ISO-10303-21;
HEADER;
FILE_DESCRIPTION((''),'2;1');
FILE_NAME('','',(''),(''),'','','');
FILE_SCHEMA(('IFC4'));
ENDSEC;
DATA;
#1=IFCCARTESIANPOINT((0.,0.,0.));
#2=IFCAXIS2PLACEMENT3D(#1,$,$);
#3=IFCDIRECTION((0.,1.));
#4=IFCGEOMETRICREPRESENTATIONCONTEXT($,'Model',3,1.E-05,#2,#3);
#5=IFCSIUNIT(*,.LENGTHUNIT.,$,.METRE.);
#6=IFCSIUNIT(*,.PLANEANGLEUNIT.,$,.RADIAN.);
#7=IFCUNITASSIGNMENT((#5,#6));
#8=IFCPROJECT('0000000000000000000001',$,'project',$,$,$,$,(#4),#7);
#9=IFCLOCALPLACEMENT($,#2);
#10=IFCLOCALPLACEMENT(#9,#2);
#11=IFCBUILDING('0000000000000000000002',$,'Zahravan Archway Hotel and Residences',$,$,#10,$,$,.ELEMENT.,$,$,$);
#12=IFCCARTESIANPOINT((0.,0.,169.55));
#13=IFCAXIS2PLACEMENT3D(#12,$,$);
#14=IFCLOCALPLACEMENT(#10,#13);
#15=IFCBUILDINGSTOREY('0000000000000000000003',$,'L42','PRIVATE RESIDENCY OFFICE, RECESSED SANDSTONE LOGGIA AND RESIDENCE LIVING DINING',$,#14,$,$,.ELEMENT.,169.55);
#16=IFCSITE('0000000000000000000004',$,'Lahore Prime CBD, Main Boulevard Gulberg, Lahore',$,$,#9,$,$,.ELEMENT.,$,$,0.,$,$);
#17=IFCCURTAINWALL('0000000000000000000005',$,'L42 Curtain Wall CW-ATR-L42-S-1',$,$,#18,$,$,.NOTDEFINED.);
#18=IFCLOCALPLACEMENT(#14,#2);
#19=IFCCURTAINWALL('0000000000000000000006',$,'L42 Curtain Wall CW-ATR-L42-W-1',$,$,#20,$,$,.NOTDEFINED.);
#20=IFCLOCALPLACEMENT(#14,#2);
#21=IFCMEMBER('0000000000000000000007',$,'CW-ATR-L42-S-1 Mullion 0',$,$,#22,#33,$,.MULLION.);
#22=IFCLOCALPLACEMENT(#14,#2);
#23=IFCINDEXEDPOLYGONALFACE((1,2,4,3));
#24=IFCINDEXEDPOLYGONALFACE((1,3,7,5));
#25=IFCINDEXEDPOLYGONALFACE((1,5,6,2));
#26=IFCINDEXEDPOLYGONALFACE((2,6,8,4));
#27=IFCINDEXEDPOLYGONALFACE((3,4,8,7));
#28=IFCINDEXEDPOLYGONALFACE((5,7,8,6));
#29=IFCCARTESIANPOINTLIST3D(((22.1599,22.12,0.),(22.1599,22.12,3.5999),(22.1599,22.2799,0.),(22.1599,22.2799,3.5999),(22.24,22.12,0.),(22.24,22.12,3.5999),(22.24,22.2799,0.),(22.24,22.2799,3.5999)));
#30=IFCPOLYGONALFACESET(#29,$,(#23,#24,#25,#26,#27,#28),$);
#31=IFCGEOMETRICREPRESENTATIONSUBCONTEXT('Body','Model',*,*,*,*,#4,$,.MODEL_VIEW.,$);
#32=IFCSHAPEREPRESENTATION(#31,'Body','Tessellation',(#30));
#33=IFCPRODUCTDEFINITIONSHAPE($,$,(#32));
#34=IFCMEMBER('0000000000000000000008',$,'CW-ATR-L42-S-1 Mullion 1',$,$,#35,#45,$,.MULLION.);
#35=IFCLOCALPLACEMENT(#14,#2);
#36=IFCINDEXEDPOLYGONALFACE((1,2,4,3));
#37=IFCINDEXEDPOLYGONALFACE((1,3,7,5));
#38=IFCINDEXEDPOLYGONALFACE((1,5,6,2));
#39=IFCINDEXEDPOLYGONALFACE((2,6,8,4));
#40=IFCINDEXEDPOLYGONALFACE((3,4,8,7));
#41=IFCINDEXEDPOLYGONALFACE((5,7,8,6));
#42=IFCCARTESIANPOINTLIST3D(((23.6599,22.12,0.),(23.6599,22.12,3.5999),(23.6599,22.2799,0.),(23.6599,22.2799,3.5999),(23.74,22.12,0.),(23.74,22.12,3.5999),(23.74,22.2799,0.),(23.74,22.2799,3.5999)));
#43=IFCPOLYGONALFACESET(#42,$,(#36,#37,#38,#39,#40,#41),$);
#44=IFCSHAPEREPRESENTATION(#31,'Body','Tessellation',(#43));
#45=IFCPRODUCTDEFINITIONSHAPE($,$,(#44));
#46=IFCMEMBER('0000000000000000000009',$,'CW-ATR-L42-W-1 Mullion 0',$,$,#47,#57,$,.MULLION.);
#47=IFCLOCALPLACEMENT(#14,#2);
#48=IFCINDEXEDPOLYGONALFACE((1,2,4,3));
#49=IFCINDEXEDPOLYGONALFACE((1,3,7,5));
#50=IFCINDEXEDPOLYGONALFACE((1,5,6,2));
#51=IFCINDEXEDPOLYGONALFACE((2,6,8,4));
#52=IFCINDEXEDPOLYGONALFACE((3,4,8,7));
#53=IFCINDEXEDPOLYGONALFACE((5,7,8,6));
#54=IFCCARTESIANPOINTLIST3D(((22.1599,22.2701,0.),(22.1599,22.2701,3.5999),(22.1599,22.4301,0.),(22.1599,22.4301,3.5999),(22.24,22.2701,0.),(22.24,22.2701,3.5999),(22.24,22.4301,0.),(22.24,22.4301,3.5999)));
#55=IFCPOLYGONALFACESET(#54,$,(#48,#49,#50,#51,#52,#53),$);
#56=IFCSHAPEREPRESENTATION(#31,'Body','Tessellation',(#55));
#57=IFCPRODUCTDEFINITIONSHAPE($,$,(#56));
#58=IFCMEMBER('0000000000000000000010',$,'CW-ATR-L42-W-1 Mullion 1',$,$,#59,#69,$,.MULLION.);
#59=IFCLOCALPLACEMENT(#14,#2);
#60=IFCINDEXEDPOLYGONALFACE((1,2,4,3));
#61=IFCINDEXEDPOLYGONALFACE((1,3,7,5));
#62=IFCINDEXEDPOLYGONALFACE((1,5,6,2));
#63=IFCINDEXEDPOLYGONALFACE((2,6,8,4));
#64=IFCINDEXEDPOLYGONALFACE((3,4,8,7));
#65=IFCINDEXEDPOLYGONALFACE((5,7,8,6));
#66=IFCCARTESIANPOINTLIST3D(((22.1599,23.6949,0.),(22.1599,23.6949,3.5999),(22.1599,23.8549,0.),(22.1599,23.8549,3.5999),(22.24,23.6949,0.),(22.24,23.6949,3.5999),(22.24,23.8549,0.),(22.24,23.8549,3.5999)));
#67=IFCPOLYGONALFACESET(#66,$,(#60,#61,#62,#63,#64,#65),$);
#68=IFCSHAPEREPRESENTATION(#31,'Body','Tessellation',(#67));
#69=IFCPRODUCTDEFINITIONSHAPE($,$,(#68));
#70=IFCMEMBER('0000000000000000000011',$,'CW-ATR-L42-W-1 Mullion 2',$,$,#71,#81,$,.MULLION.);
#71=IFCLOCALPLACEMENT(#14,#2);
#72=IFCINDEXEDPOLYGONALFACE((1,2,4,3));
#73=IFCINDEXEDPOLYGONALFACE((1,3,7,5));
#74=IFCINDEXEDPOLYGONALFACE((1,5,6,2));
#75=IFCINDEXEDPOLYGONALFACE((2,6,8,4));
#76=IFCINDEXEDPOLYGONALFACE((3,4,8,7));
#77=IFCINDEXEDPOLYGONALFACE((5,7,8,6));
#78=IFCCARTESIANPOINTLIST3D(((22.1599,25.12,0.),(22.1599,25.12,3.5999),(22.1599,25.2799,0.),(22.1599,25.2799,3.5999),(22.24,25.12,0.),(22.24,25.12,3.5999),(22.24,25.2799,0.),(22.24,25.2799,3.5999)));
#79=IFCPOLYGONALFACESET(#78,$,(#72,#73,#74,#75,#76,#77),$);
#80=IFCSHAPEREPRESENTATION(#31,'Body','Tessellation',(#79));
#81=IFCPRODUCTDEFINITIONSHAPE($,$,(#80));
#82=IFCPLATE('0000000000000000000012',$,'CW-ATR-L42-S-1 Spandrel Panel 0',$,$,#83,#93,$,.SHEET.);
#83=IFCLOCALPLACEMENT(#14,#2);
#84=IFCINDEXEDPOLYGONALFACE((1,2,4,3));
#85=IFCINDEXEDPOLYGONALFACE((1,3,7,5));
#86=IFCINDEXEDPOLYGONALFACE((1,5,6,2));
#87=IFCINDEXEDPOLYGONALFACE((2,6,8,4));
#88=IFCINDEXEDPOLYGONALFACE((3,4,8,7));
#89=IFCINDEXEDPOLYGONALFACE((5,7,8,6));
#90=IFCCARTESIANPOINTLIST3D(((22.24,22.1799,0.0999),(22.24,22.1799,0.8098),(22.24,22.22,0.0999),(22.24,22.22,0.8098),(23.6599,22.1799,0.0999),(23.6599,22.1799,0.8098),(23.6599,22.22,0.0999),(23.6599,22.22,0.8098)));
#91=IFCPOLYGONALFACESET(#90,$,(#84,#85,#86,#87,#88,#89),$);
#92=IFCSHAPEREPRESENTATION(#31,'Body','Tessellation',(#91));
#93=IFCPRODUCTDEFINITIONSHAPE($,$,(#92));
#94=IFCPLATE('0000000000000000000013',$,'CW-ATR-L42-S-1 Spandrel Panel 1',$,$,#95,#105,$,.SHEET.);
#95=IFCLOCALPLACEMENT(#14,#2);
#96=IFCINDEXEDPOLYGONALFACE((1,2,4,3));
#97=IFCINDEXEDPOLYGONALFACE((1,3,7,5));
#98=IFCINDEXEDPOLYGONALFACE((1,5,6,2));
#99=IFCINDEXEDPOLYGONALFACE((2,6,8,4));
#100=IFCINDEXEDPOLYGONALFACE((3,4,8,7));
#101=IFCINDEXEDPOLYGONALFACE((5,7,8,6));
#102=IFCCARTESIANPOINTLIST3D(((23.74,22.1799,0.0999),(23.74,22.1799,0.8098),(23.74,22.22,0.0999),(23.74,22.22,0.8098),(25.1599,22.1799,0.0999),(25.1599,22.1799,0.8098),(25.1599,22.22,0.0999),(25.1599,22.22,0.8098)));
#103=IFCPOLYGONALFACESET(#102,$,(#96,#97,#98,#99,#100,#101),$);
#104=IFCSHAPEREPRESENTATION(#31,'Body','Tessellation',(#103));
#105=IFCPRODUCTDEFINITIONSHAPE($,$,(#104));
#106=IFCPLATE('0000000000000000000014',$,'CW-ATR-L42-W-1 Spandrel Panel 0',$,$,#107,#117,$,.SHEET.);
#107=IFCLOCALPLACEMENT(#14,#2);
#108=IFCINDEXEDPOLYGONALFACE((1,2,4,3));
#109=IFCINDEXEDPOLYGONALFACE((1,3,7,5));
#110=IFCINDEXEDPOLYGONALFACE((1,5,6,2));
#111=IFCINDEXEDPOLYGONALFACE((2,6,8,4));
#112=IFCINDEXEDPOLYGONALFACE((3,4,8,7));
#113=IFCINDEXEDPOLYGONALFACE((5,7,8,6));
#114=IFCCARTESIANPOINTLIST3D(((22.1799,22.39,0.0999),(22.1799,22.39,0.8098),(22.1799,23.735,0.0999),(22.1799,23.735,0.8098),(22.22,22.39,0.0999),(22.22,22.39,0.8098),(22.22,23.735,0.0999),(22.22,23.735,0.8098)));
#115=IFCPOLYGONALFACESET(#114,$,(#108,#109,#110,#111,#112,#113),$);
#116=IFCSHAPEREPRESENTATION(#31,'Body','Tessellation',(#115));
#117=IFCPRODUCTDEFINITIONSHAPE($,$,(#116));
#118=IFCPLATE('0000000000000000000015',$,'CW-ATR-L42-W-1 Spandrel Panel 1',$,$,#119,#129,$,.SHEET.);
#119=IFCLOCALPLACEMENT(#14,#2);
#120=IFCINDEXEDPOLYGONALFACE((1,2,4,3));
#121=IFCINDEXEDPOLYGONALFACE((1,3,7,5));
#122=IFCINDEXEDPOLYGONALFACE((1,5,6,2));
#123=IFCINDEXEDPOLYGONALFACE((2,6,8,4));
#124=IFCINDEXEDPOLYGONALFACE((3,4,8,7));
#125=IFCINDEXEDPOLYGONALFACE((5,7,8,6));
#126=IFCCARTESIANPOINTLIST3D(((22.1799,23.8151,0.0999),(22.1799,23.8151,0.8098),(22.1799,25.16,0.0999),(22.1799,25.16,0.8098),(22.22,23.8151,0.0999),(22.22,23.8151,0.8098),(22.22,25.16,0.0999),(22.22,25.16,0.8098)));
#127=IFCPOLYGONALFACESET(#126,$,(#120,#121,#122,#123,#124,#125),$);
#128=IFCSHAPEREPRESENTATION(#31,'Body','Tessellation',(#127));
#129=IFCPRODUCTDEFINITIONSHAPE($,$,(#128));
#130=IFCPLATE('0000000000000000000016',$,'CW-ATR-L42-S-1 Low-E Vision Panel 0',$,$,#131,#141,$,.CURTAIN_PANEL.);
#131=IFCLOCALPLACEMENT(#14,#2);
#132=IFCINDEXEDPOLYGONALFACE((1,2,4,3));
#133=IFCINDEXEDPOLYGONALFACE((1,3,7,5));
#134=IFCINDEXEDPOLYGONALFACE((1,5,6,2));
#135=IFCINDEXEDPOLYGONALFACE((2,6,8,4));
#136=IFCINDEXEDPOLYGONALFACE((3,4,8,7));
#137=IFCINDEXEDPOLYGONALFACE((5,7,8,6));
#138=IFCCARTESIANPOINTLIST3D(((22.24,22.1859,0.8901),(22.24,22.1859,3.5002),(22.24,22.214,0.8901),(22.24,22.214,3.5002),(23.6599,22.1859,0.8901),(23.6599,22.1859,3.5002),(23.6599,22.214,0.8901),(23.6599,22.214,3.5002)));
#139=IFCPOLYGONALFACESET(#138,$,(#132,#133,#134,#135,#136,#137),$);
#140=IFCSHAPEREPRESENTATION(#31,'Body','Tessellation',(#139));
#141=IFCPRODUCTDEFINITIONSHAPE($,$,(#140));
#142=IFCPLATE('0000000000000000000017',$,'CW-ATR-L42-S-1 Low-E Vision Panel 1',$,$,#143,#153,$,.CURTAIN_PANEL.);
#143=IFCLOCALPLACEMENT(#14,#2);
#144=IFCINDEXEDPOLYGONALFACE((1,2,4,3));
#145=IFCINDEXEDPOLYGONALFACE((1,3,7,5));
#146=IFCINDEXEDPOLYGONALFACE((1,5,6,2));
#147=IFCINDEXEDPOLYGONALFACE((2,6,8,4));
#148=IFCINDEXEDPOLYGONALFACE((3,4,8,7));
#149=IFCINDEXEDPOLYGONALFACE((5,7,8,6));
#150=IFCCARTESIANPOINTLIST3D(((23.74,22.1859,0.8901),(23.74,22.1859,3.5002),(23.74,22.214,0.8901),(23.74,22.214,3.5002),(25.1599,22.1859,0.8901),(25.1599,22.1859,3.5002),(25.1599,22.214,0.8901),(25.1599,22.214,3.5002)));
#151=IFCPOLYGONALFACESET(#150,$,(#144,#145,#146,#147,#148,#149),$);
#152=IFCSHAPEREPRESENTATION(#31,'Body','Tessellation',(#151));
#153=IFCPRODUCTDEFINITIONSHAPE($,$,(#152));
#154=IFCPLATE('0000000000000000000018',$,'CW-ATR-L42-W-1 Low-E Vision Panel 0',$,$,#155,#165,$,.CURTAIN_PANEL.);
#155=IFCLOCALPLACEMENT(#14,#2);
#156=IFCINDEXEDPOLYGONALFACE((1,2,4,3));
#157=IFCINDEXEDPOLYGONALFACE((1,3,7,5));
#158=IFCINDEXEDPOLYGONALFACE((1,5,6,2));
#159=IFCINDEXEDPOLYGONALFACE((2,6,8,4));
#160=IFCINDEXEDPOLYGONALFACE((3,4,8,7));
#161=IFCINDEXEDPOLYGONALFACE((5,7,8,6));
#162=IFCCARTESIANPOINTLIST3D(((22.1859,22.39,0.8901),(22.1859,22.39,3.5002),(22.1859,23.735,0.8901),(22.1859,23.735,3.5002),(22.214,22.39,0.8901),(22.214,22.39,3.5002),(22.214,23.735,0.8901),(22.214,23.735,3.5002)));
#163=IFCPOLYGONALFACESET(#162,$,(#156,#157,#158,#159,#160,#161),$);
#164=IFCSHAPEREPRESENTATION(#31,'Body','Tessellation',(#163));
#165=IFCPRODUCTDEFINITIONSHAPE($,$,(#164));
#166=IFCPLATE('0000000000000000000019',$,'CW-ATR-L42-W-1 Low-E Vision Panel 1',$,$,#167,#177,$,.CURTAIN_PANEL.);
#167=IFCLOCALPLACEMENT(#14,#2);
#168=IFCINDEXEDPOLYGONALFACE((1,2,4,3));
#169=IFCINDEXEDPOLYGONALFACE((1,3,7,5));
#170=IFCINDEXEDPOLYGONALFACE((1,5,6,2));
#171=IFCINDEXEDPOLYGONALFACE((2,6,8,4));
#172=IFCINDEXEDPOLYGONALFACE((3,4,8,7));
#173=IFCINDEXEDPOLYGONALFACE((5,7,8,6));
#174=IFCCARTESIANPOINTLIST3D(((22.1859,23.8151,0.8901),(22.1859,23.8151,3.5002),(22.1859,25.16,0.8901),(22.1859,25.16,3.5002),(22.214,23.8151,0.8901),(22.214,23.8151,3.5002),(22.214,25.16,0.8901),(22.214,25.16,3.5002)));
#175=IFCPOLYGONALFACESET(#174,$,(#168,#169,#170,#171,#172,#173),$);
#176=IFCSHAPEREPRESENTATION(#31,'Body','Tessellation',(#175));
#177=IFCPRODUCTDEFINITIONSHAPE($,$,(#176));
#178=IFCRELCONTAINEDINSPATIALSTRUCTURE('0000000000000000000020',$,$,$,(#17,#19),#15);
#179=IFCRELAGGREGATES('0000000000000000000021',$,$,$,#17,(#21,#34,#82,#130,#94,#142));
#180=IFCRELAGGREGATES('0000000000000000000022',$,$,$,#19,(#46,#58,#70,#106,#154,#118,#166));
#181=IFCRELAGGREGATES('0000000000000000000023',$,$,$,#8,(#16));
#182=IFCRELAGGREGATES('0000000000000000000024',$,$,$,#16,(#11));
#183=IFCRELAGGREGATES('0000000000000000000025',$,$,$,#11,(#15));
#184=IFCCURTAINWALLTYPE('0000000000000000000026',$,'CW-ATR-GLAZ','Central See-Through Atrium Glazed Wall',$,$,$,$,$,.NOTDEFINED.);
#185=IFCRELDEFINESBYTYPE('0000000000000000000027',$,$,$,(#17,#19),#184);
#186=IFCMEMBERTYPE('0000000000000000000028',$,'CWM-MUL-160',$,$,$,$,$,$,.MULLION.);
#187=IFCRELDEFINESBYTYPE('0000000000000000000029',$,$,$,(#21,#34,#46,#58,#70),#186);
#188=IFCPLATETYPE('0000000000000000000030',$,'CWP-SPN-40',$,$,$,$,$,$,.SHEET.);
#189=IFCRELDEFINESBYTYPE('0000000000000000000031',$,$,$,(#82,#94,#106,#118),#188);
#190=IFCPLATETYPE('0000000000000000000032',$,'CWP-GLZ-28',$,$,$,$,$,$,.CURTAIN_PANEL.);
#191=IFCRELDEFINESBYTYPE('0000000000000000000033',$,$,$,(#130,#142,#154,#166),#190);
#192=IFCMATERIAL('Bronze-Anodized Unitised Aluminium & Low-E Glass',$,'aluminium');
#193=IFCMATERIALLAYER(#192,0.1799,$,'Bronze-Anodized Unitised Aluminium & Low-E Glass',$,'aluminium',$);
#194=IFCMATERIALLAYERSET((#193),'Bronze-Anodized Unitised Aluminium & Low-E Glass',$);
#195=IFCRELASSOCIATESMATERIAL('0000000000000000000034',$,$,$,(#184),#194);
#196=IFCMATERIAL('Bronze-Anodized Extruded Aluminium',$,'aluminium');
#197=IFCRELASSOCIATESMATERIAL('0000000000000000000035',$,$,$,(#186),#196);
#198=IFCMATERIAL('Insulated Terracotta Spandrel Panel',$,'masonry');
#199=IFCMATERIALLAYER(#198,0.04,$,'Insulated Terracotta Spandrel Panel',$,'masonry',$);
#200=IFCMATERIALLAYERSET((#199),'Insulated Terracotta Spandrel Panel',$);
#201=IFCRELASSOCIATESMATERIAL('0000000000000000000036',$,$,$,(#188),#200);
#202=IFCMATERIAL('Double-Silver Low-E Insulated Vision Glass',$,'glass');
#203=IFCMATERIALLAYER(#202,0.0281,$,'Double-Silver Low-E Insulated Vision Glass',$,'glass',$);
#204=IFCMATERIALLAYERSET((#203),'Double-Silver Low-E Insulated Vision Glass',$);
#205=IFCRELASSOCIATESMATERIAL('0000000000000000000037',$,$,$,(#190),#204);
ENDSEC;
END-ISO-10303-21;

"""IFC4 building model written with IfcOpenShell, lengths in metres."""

from ifc_helpers import new_model, si_unit, direction, frame, origin, origin_2d, place, context, subcontext, project, spatial, rectangle, extrude, source, transform, mapped, material, layer, layer_set, material_profile, profile_set, type_object, element, aggregate, save


model = new_model("IFC4")

# Units and contexts
model_context = context("Model", 3, precision=1e-05, world=origin(), true_north=direction((0.0, 1.0)))
body_context = subcontext(model_context, "Body", "Model", "MODEL_VIEW")
ifc_project = project(units=[si_unit("LENGTHUNIT", "METRE"), si_unit("PLANEANGLEUNIT", "RADIAN")], contexts=[model_context])

# Site, building, storey
site_placement = place(None, origin())
site = spatial("IfcSite", under=ifc_project, at=site_placement, Name="Lahore Prime CBD, Main Boulevard Gulberg, Lahore", CompositionType="ELEMENT", RefElevation=0.0)
building_placement = place(site_placement, origin())
building = spatial("IfcBuilding", under=site, at=building_placement, Name="Zahravan Archway Hotel and Residences", CompositionType="ELEMENT")
storey_placement = place(building_placement, frame((0.0, 0.0, 169.55)))
storey = spatial("IfcBuildingStorey", under=building, at=storey_placement, Name="L42", Description="PRIVATE RESIDENCY OFFICE, RECESSED SANDSTONE LOGGIA AND RESIDENCE LIVING DINING", CompositionType="ELEMENT", Elevation=169.55)

# Curtain walls
ifc_material_1 = material(Name="Bronze-Anodized Unitised Aluminium & Low-E Glass", Category="aluminium")
ifc_layer_1 = layer(ifc_material_1, 0.1799, Name="Bronze-Anodized Unitised Aluminium & Low-E Glass", Category="aluminium")
ifc_layer_set_1 = layer_set([ifc_layer_1], Name="Bronze-Anodized Unitised Aluminium & Low-E Glass")
curtain_wall_type = type_object("IfcCurtainWallType", Name="CW-ATR-GLAZ", Description="Central See-Through Atrium Glazed Wall", PredefinedType="NOTDEFINED", material=ifc_layer_set_1)
curtain_wall_1_placement = place(storey_placement, origin())
curtain_wall_1 = element("IfcCurtainWall", 1, at=curtain_wall_1_placement, inside=storey, type_object=curtain_wall_type, Name="L42 Curtain Wall CW-ATR-L42-S-1", PredefinedType="NOTDEFINED")
ifc_material_2 = material(Name="Bronze-Anodized Extruded Aluminium", Category="aluminium")
curtain_wall_2_placement = place(storey_placement, origin())
curtain_wall_2 = element("IfcCurtainWall", 2, at=curtain_wall_2_placement, inside=storey, type_object=curtain_wall_type, Name="L42 Curtain Wall CW-ATR-L42-W-1", PredefinedType="NOTDEFINED")

# Members
ifc_material_profile_1 = material_profile(ifc_material_2, rectangle(XDim=0.0801, YDim=0.1599, at=origin_2d()), Name="MUL 80x160", Category="aluminium")
ifc_profile_set_1 = profile_set([ifc_material_profile_1], Name="Bronze-Anodized Extruded Aluminium")
member_type_1 = type_object("IfcMemberType", Name="CWM-MUL-160", PredefinedType="MULLION", material=ifc_profile_set_1)
shared_shape_1 = source(origin(), body_context, "Body", "SweptSolid", [
    extrude(rectangle(XDim=0.0801, YDim=0.1599, at=origin_2d()), origin(), (0.0, 0.0, 1.0), 3.5999),
])
member_1_placement = place(storey_placement, frame((22.2, 22.2, 0.0), z_axis=(0.0, 0.0, 1.0), x_axis=(1.0, 0.0, 0.0)))
member_1 = element("IfcMember", 3, at=member_1_placement, type_object=member_type_1, Name="CW-ATR-L42-S-1 Mullion 0", PredefinedType="MULLION", context=body_context, shape_type="MappedRepresentation", body=[
    mapped(shared_shape_1, transform((0.0, 0.0, 0.0), scale=1.0)),
])
member_2_placement = place(storey_placement, frame((23.7, 22.2, 0.0), z_axis=(0.0, 0.0, 1.0), x_axis=(1.0, 0.0, 0.0)))
member_2 = element("IfcMember", 4, at=member_2_placement, type_object=member_type_1, Name="CW-ATR-L42-S-1 Mullion 1", PredefinedType="MULLION", context=body_context, shape_type="MappedRepresentation", body=[
    mapped(shared_shape_1, transform((0.0, 0.0, 0.0), scale=1.0)),
])
member_3_placement = place(storey_placement, frame((22.2, 22.3501, 0.0), z_axis=(0.0, 0.0, 1.0), x_axis=(1.0, 0.0, 0.0)))
member_3 = element("IfcMember", 5, at=member_3_placement, type_object=member_type_1, Name="CW-ATR-L42-W-1 Mullion 0", PredefinedType="MULLION", context=body_context, shape_type="MappedRepresentation", body=[
    mapped(shared_shape_1, transform((0.0, 0.0, 0.0), scale=1.0)),
])
member_4_placement = place(storey_placement, frame((22.2, 23.7749, 0.0), z_axis=(0.0, 0.0, 1.0), x_axis=(1.0, 0.0, 0.0)))
member_4 = element("IfcMember", 6, at=member_4_placement, type_object=member_type_1, Name="CW-ATR-L42-W-1 Mullion 1", PredefinedType="MULLION", context=body_context, shape_type="MappedRepresentation", body=[
    mapped(shared_shape_1, transform((0.0, 0.0, 0.0), scale=1.0)),
])
member_5_placement = place(storey_placement, frame((22.2, 25.2, 0.0), z_axis=(0.0, 0.0, 1.0), x_axis=(1.0, 0.0, 0.0)))
member_5 = element("IfcMember", 7, at=member_5_placement, type_object=member_type_1, Name="CW-ATR-L42-W-1 Mullion 2", PredefinedType="MULLION", context=body_context, shape_type="MappedRepresentation", body=[
    mapped(shared_shape_1, transform((0.0, 0.0, 0.0), scale=1.0)),
])

# Plates
ifc_material_3 = material(Name="Insulated Terracotta Spandrel Panel", Category="masonry")
ifc_layer_2 = layer(ifc_material_3, 0.04, Name="Insulated Terracotta Spandrel Panel", Category="masonry")
ifc_layer_set_2 = layer_set([ifc_layer_2], Name="Insulated Terracotta Spandrel Panel")
plate_type_1 = type_object("IfcPlateType", Name="CWP-SPN-40", PredefinedType="SHEET", material=ifc_layer_set_2)
shared_shape_2 = source(origin(), body_context, "Body", "SweptSolid", [
    extrude(rectangle(XDim=1.4199, YDim=0.04, at=origin_2d()), origin(), (0.0, 0.0, 1.0), 0.71),
])
plate_1_placement = place(storey_placement, frame((22.95, 22.2, 0.0999), z_axis=(0.0, 0.0, 1.0), x_axis=(1.0, 0.0, 0.0)))
plate_1 = element("IfcPlate", 8, at=plate_1_placement, type_object=plate_type_1, Name="CW-ATR-L42-S-1 Spandrel Panel 0", PredefinedType="SHEET", context=body_context, shape_type="MappedRepresentation", body=[
    mapped(shared_shape_2, transform((0.0, 0.0, 0.0), scale=1.0)),
])
plate_2_placement = place(storey_placement, frame((24.45, 22.2, 0.0999), z_axis=(0.0, 0.0, 1.0), x_axis=(1.0, 0.0, 0.0)))
plate_2 = element("IfcPlate", 9, at=plate_2_placement, type_object=plate_type_1, Name="CW-ATR-L42-S-1 Spandrel Panel 1", PredefinedType="SHEET", context=body_context, shape_type="MappedRepresentation", body=[
    mapped(shared_shape_2, transform((0.0, 0.0, 0.0), scale=1.0)),
])
shared_shape_3 = source(origin(), body_context, "Body", "SweptSolid", [
    extrude(rectangle(XDim=1.345, YDim=0.04, at=origin_2d()), origin(), (0.0, 0.0, 1.0), 0.71),
])
plate_3_placement = place(storey_placement, frame((22.2, 23.0625, 0.0999), z_axis=(0.0, 0.0, 1.0), x_axis=(0.0, 1.0, 0.0)))
plate_3 = element("IfcPlate", 10, at=plate_3_placement, type_object=plate_type_1, Name="CW-ATR-L42-W-1 Spandrel Panel 0", PredefinedType="SHEET", context=body_context, shape_type="MappedRepresentation", body=[
    mapped(shared_shape_3, transform((0.0, 0.0, 0.0), scale=1.0)),
])
plate_4_placement = place(storey_placement, frame((22.2, 24.4875, 0.0999), z_axis=(0.0, 0.0, 1.0), x_axis=(0.0, 1.0, 0.0)))
plate_4 = element("IfcPlate", 11, at=plate_4_placement, type_object=plate_type_1, Name="CW-ATR-L42-W-1 Spandrel Panel 1", PredefinedType="SHEET", context=body_context, shape_type="MappedRepresentation", body=[
    mapped(shared_shape_3, transform((0.0, 0.0, 0.0), scale=1.0)),
])
ifc_material_4 = material(Name="Double-Silver Low-E Insulated Vision Glass", Category="glass")
ifc_layer_3 = layer(ifc_material_4, 0.0281, Name="Double-Silver Low-E Insulated Vision Glass", Category="glass")
ifc_layer_set_3 = layer_set([ifc_layer_3], Name="Double-Silver Low-E Insulated Vision Glass")
plate_type_2 = type_object("IfcPlateType", Name="CWP-GLZ-28", PredefinedType="CURTAIN_PANEL", material=ifc_layer_set_3)
shared_shape_4 = source(origin(), body_context, "Body", "SweptSolid", [
    extrude(rectangle(XDim=1.4199, YDim=0.0281, at=origin_2d()), origin(), (0.0, 0.0, 1.0), 2.6101),
])
plate_5_placement = place(storey_placement, frame((22.95, 22.2, 0.8901), z_axis=(0.0, 0.0, 1.0), x_axis=(1.0, 0.0, 0.0)))
plate_5 = element("IfcPlate", 12, at=plate_5_placement, type_object=plate_type_2, Name="CW-ATR-L42-S-1 Low-E Vision Panel 0", PredefinedType="CURTAIN_PANEL", context=body_context, shape_type="MappedRepresentation", body=[
    mapped(shared_shape_4, transform((0.0, 0.0, 0.0), scale=1.0)),
])
plate_6_placement = place(storey_placement, frame((24.45, 22.2, 0.8901), z_axis=(0.0, 0.0, 1.0), x_axis=(1.0, 0.0, 0.0)))
plate_6 = element("IfcPlate", 13, at=plate_6_placement, type_object=plate_type_2, Name="CW-ATR-L42-S-1 Low-E Vision Panel 1", PredefinedType="CURTAIN_PANEL", context=body_context, shape_type="MappedRepresentation", body=[
    mapped(shared_shape_4, transform((0.0, 0.0, 0.0), scale=1.0)),
])
aggregate(curtain_wall_1, [member_1, member_2, plate_1, plate_5, plate_2, plate_6])
shared_shape_5 = source(origin(), body_context, "Body", "SweptSolid", [
    extrude(rectangle(XDim=1.345, YDim=0.0281, at=origin_2d()), origin(), (0.0, 0.0, 1.0), 2.6101),
])
plate_7_placement = place(storey_placement, frame((22.2, 23.0625, 0.8901), z_axis=(0.0, 0.0, 1.0), x_axis=(0.0, 1.0, 0.0)))
plate_7 = element("IfcPlate", 14, at=plate_7_placement, type_object=plate_type_2, Name="CW-ATR-L42-W-1 Low-E Vision Panel 0", PredefinedType="CURTAIN_PANEL", context=body_context, shape_type="MappedRepresentation", body=[
    mapped(shared_shape_5, transform((0.0, 0.0, 0.0), scale=1.0)),
])
plate_8_placement = place(storey_placement, frame((22.2, 24.4875, 0.8901), z_axis=(0.0, 0.0, 1.0), x_axis=(0.0, 1.0, 0.0)))
plate_8 = element("IfcPlate", 15, at=plate_8_placement, type_object=plate_type_2, Name="CW-ATR-L42-W-1 Low-E Vision Panel 1", PredefinedType="CURTAIN_PANEL", context=body_context, shape_type="MappedRepresentation", body=[
    mapped(shared_shape_5, transform((0.0, 0.0, 0.0), scale=1.0)),
])
aggregate(curtain_wall_2, [member_3, member_4, member_5, plate_3, plate_7, plate_4, plate_8])

save(model, "model.ifc")
